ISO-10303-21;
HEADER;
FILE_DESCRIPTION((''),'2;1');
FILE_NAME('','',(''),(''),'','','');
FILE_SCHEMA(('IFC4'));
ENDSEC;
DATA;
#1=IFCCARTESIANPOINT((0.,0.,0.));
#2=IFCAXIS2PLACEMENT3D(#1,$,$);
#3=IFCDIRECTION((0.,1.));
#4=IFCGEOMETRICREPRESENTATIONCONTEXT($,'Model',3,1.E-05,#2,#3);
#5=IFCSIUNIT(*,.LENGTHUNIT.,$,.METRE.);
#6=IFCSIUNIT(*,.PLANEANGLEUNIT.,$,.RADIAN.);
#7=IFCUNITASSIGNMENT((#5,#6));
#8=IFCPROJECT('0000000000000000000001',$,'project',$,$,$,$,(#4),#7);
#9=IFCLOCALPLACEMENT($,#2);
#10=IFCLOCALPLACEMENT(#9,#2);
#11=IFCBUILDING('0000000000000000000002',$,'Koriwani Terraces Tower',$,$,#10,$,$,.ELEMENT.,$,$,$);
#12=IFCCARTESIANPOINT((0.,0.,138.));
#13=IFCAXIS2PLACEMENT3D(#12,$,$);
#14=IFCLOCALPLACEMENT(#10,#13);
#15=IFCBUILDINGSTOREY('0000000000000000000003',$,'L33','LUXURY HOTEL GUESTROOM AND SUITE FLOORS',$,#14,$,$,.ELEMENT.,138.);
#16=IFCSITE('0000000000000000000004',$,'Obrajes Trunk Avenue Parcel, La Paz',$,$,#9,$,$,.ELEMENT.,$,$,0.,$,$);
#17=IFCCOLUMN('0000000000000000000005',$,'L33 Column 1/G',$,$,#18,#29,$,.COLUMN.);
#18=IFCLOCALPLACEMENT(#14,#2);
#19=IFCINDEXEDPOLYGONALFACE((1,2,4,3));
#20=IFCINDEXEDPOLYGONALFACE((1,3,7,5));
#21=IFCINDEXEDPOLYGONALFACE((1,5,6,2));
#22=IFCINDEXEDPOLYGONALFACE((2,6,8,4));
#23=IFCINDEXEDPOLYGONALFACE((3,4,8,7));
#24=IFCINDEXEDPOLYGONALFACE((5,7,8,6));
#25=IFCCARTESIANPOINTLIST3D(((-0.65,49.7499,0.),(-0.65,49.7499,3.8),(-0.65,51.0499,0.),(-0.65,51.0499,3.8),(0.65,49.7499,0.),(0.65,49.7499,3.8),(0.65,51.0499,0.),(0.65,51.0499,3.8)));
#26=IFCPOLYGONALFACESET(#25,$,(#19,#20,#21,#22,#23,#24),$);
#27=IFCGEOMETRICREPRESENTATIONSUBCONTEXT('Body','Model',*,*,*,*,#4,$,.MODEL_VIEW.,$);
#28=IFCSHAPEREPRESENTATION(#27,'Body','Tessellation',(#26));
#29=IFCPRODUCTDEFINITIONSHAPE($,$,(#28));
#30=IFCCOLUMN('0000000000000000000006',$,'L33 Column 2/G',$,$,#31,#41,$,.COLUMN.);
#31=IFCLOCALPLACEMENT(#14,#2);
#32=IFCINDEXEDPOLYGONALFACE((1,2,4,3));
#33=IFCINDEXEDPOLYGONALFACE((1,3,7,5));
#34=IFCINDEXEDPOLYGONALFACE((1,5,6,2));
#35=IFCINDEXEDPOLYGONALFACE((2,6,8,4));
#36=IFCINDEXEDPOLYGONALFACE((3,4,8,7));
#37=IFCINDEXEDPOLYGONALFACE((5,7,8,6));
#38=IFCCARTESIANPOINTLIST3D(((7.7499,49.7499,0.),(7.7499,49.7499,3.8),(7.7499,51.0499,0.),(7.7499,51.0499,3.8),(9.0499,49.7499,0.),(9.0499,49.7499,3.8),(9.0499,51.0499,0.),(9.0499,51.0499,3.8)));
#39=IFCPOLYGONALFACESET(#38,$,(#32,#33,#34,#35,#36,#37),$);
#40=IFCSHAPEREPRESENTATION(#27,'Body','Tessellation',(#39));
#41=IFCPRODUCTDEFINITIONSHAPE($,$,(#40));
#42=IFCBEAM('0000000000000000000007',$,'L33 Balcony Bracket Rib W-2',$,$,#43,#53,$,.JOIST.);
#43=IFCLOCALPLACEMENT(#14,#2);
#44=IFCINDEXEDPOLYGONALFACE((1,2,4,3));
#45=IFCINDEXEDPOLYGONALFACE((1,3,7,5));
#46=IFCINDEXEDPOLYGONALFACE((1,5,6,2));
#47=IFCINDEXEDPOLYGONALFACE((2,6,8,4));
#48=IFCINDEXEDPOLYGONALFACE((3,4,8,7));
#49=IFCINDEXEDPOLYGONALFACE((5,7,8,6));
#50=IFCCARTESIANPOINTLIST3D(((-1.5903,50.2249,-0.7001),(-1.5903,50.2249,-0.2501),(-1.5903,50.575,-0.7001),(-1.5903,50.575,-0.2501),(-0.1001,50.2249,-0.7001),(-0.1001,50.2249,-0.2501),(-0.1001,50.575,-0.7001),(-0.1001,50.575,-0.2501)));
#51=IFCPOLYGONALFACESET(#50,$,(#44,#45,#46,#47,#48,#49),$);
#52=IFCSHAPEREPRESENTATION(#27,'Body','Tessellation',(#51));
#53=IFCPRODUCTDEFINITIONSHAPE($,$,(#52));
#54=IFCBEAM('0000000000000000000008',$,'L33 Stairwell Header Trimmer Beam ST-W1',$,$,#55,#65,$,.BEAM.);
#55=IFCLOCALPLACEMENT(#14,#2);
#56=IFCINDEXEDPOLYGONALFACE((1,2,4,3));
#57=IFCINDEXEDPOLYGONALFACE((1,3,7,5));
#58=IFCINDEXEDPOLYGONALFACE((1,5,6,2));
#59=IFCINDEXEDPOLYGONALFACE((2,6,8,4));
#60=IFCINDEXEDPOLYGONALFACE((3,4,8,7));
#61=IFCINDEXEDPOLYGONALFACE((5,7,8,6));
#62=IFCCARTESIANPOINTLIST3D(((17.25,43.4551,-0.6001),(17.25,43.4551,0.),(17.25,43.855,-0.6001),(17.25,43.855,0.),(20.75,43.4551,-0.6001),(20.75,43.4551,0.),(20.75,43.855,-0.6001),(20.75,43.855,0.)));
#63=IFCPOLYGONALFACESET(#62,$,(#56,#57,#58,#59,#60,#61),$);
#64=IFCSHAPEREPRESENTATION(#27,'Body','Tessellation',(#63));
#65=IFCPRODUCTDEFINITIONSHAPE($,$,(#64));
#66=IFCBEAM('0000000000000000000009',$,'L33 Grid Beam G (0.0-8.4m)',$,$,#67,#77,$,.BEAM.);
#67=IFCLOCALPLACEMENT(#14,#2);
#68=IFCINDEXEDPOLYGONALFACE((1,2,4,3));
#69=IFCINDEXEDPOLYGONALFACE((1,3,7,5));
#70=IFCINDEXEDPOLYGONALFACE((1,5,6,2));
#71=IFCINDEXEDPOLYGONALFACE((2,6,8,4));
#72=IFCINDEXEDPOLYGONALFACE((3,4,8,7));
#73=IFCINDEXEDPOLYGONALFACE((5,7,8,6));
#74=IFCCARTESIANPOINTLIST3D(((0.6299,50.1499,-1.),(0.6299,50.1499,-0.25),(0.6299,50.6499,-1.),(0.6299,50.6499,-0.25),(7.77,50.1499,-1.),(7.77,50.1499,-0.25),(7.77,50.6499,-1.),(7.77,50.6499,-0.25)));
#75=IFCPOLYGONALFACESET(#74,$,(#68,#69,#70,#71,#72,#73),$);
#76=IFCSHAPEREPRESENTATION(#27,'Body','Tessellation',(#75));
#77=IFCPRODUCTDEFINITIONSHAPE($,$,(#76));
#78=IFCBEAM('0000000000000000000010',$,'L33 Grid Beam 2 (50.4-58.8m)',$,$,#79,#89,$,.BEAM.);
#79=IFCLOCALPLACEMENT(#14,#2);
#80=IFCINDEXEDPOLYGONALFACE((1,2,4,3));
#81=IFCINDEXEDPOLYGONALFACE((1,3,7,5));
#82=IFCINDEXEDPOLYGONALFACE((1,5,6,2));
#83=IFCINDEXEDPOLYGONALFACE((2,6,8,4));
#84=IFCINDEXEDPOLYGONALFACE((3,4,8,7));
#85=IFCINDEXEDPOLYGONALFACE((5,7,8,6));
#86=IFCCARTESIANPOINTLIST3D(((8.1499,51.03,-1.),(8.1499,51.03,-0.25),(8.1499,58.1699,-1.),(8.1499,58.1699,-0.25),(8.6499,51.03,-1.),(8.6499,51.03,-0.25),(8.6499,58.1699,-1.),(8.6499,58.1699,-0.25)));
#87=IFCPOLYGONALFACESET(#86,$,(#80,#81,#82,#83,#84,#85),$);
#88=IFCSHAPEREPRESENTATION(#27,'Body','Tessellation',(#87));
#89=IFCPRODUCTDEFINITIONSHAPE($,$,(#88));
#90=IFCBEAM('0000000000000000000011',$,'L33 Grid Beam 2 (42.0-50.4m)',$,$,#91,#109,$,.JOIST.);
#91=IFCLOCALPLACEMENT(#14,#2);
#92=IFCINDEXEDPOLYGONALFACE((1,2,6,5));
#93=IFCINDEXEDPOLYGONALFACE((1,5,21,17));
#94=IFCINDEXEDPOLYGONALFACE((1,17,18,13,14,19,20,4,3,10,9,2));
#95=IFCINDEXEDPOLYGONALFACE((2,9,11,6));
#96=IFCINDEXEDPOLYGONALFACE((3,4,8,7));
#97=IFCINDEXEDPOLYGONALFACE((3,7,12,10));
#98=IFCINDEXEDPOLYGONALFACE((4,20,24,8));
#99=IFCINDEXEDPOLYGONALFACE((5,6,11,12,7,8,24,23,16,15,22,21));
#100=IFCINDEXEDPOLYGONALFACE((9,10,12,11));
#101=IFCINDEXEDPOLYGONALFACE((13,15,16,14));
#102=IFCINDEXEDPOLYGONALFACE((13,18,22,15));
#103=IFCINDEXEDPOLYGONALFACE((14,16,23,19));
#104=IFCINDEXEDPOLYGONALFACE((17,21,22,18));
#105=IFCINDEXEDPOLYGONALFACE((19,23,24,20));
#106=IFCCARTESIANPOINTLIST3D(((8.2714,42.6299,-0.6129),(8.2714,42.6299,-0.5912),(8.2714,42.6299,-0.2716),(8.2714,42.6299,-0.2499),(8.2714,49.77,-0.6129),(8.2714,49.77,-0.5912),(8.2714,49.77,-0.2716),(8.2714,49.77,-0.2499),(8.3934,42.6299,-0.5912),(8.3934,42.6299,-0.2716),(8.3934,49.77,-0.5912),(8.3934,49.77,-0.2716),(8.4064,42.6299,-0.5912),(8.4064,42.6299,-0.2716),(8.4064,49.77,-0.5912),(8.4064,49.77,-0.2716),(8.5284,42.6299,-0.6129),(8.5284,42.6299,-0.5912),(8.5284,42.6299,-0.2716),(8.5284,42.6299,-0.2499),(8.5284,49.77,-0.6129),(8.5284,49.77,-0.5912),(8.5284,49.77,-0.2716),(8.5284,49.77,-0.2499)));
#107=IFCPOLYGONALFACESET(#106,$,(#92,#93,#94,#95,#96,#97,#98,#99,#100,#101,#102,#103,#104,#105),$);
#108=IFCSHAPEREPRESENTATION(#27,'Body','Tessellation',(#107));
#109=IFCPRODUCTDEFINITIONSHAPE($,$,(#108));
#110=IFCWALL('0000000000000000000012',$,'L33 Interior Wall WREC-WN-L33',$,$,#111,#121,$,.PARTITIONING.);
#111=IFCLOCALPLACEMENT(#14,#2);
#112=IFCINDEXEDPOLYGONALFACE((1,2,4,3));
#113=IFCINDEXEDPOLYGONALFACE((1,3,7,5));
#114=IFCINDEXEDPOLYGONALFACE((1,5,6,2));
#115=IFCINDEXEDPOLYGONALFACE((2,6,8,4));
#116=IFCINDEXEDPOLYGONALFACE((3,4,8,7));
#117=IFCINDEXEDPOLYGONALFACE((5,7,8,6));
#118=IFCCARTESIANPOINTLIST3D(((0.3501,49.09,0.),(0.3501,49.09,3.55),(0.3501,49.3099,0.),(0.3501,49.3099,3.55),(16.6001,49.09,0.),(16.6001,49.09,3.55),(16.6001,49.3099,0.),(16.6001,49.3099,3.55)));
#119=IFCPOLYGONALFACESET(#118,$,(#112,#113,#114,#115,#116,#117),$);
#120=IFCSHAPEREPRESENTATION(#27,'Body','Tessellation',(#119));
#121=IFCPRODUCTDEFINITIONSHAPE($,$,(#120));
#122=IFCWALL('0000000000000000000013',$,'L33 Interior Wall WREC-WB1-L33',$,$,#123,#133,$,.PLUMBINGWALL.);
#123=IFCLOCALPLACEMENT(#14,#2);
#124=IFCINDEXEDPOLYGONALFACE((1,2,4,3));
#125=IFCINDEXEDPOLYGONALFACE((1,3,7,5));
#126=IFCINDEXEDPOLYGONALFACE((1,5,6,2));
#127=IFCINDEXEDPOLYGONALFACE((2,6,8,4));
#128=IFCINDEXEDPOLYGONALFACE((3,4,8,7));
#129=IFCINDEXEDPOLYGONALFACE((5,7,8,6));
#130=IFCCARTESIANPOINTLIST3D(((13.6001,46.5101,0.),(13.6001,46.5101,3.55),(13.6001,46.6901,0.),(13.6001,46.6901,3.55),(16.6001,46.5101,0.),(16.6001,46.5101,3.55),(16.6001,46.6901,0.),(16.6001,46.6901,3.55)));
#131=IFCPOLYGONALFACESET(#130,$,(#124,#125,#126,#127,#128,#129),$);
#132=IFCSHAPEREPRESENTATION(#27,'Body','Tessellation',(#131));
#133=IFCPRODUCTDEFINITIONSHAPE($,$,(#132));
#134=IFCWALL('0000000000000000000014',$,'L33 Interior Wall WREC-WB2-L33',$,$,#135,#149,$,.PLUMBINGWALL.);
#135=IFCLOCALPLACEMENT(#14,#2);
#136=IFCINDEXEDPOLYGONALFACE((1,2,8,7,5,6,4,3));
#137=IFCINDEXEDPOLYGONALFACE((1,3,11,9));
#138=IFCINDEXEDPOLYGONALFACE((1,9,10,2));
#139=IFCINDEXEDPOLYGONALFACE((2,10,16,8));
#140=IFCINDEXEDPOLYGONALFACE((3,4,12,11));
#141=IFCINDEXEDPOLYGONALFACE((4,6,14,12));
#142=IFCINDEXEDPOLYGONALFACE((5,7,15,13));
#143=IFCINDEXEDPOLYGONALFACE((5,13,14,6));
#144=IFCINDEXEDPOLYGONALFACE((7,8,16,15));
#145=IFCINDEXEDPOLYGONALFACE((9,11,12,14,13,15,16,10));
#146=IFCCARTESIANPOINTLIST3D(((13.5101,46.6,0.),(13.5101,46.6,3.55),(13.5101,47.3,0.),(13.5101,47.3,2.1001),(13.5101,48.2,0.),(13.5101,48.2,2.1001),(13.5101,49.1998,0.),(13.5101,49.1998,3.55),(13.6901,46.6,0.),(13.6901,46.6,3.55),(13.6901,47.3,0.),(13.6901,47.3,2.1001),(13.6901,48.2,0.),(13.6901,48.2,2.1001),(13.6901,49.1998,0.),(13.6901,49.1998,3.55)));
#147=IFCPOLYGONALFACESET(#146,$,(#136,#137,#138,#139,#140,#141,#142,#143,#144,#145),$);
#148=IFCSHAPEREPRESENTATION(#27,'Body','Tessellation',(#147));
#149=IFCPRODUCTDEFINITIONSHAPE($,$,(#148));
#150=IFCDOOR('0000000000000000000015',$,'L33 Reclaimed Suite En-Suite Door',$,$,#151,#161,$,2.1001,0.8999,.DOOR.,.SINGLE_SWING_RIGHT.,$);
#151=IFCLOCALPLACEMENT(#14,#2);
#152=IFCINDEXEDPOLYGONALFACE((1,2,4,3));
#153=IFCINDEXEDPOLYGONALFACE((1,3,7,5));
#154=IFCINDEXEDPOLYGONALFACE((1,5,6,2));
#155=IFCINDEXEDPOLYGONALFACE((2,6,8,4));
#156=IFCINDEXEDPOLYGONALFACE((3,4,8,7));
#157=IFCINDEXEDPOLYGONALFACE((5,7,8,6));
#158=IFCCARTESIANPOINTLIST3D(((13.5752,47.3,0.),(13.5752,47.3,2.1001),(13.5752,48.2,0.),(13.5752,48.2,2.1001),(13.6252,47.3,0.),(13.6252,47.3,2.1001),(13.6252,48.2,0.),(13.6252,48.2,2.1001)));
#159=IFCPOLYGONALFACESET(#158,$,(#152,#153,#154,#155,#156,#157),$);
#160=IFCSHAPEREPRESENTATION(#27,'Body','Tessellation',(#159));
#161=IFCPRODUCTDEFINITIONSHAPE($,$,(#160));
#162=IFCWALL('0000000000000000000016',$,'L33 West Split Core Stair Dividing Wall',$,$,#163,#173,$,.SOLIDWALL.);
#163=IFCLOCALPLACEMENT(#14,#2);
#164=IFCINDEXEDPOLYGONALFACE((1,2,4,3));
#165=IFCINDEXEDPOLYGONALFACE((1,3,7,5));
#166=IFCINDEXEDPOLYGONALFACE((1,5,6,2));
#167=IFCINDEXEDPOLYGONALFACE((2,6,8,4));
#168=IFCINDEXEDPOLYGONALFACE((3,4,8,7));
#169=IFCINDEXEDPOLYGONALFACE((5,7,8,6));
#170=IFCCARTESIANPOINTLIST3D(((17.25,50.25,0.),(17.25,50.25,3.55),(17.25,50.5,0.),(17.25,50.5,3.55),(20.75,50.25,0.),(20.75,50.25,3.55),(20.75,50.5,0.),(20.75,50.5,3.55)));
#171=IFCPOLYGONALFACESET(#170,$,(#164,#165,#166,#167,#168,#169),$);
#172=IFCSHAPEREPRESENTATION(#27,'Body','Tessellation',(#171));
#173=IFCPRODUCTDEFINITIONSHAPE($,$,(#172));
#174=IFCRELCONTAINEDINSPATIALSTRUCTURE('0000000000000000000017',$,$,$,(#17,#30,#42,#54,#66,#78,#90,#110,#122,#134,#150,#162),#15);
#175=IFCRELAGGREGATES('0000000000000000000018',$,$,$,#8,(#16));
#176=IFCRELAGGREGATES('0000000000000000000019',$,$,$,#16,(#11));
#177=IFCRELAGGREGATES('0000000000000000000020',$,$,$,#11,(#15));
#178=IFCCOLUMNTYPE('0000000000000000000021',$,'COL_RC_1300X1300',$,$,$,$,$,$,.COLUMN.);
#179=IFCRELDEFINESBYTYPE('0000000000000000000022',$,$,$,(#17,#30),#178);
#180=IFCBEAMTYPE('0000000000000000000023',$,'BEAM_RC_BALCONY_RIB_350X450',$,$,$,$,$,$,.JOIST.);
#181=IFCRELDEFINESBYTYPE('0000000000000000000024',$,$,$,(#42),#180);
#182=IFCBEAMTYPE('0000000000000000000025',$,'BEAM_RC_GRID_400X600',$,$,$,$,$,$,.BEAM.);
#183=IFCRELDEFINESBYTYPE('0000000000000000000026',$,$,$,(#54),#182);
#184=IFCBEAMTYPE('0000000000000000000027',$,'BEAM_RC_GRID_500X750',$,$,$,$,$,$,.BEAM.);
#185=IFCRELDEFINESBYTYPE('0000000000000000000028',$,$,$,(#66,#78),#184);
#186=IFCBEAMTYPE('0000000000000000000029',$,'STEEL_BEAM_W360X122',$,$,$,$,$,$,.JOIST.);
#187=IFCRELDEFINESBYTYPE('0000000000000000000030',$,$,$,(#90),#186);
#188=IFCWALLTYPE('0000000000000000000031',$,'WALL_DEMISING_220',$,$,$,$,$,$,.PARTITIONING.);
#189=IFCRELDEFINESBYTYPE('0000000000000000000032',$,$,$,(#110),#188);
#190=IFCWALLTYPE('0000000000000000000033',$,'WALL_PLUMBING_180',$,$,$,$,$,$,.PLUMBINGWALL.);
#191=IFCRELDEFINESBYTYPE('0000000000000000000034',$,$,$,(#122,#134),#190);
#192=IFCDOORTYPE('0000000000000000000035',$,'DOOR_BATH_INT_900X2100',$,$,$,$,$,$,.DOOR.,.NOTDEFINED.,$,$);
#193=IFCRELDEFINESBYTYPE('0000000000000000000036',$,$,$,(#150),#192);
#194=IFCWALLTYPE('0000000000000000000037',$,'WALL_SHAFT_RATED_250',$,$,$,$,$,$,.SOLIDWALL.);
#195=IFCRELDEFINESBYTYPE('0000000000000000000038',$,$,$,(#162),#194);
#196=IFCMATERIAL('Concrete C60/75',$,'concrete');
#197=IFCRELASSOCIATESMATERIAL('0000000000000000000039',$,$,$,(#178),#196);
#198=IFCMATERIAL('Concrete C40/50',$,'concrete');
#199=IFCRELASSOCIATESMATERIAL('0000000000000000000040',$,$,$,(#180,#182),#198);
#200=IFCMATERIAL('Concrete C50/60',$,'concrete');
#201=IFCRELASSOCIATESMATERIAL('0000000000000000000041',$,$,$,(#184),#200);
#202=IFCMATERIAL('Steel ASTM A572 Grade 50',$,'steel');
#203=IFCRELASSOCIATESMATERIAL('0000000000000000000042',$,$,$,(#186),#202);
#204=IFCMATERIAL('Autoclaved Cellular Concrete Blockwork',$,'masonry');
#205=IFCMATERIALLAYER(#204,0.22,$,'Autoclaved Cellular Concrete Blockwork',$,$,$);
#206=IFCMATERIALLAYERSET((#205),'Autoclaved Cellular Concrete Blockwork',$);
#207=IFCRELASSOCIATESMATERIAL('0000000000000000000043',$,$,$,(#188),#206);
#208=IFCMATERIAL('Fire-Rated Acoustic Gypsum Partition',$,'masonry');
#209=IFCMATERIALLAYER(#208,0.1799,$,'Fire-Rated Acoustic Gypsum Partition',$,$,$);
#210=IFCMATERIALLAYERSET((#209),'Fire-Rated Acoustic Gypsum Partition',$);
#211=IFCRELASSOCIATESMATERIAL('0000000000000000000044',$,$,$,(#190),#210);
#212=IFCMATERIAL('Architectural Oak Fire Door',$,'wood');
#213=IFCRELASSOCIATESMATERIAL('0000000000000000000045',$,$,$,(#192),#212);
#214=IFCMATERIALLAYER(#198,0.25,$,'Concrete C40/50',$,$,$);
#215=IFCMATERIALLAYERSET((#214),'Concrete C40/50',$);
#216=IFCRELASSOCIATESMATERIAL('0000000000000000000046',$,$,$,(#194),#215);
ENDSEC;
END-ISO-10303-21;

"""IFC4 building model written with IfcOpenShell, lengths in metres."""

from ifc_helpers import new_model, si_unit, direction, frame, frame_2d, origin, origin_2d, place, context, subcontext, project, spatial, rectangle, i_section, extrude, material, layer, layer_set, material_profile, profile_set, type_object, element, fill, save


model = new_model("IFC4")

# Units and contexts
model_context = context("Model", 3, precision=1e-05, world=origin(), true_north=direction((0.0, 1.0)))
body_context = subcontext(model_context, "Body", "Model", "MODEL_VIEW")
ifc_project = project(units=[si_unit("LENGTHUNIT", "METRE"), si_unit("PLANEANGLEUNIT", "RADIAN")], contexts=[model_context])

# Site, building, storey
site_placement = place(None, origin())
site = spatial("IfcSite", under=ifc_project, at=site_placement, Name="Obrajes Trunk Avenue Parcel, La Paz", CompositionType="ELEMENT", RefElevation=0.0)
building_placement = place(site_placement, origin())
building = spatial("IfcBuilding", under=site, at=building_placement, Name="Koriwani Terraces Tower", CompositionType="ELEMENT")
storey_placement = place(building_placement, frame((0.0, 0.0, 138.0)))
storey = spatial("IfcBuildingStorey", under=building, at=storey_placement, Name="L33", Description="LUXURY HOTEL GUESTROOM AND SUITE FLOORS", CompositionType="ELEMENT", Elevation=138.0)

# Columns
ifc_material_1 = material(Name="Concrete C60/75", Category="concrete")
ifc_material_profile_1 = material_profile(ifc_material_1, rectangle(XDim=1.3, YDim=1.3, at=origin_2d()), Name="Concrete C60/75", Category="LoadBearing")
ifc_profile_set_1 = profile_set([ifc_material_profile_1], Name="Concrete C60/75")
column_type = type_object("IfcColumnType", Name="COL_RC_1300X1300", PredefinedType="COLUMN", material=ifc_profile_set_1)
for number, where, z_axis, x_axis, name in (
    (1, (0.0, 50.3999, 0.0), (0.0, 0.0, 1.0), (1.0, 0.0, 0.0), "L33 Column 1/G"),
    (2, (8.3999, 50.3999, 0.0), (0.0, 0.0, 1.0), (1.0, 0.0, 0.0), "L33 Column 2/G"),
):
    element("IfcColumn", number, at=place(storey_placement, frame(where, z_axis=z_axis, x_axis=x_axis)), inside=storey, type_object=column_type, Name=name, PredefinedType="COLUMN", context=body_context, shape_type="SweptSolid", body=[
        extrude(rectangle(XDim=1.3, YDim=1.3, at=origin_2d()), origin(), (0.0, 0.0, 1.0), 3.8),
    ])

# Beams
ifc_material_2 = material(Name="Concrete C40/50", Category="concrete")
ifc_material_profile_2 = material_profile(ifc_material_2, rectangle(XDim=0.3501, YDim=0.45, at=origin_2d()), Name="Concrete C40/50", Category="LoadBearing")
ifc_profile_set_2 = profile_set([ifc_material_profile_2], Name="Concrete C40/50")
beam_type_1 = type_object("IfcBeamType", Name="BEAM_RC_BALCONY_RIB_350X450", PredefinedType="JOIST", material=ifc_profile_set_2)
beam_1_placement = place(storey_placement, frame((-1.5903, 50.3999, -0.4751), z_axis=(1.0, 0.0, 0.0), x_axis=(0.0, 1.0, 0.0)))
element("IfcBeam", 3, at=beam_1_placement, inside=storey, type_object=beam_type_1, Name="L33 Balcony Bracket Rib W-2", PredefinedType="JOIST", context=body_context, shape_type="SweptSolid", body=[
    extrude(rectangle(XDim=0.3501, YDim=0.45, at=origin_2d()), origin(), (0.0, 0.0, 1.0), 1.4902),
])
ifc_material_profile_3 = material_profile(ifc_material_2, rectangle(XDim=0.3999, YDim=0.6001, at=origin_2d()), Name="Concrete C40/50", Category="LoadBearing")
ifc_profile_set_3 = profile_set([ifc_material_profile_3], Name="Concrete C40/50")
beam_type_2 = type_object("IfcBeamType", Name="BEAM_RC_GRID_400X600", PredefinedType="BEAM", material=ifc_profile_set_3)
beam_2_placement = place(storey_placement, frame((17.25, 43.655, -0.3), z_axis=(1.0, 0.0, 0.0), x_axis=(0.0, 1.0, 0.0)))
element("IfcBeam", 4, at=beam_2_placement, inside=storey, type_object=beam_type_2, Name="L33 Stairwell Header Trimmer Beam ST-W1", PredefinedType="BEAM", context=body_context, shape_type="SweptSolid", body=[
    extrude(rectangle(XDim=0.3999, YDim=0.6001, at=origin_2d()), origin(), (0.0, 0.0, 1.0), 3.5),
])
ifc_material_3 = material(Name="Concrete C50/60", Category="concrete")
ifc_material_profile_4 = material_profile(ifc_material_3, rectangle(XDim=0.5, YDim=0.75, at=origin_2d()), Name="Concrete C50/60", Category="LoadBearing")
ifc_profile_set_4 = profile_set([ifc_material_profile_4], Name="Concrete C50/60")
beam_type_3 = type_object("IfcBeamType", Name="BEAM_RC_GRID_500X750", PredefinedType="BEAM", material=ifc_profile_set_4)
beam_3_placement = place(storey_placement, frame((0.6299, 50.3999, -0.625), z_axis=(1.0, 0.0, 0.0), x_axis=(0.0, 1.0, 0.0)))
element("IfcBeam", 5, at=beam_3_placement, inside=storey, type_object=beam_type_3, Name="L33 Grid Beam G (0.0-8.4m)", PredefinedType="BEAM", context=body_context, shape_type="SweptSolid", body=[
    extrude(rectangle(XDim=0.5, YDim=0.75, at=origin_2d()), origin(), (0.0, 0.0, 1.0), 7.1401),
])
beam_4_placement = place(storey_placement, frame((8.3999, 51.03, -0.625), z_axis=(0.0, 1.0, 0.0), x_axis=(-1.0, 0.0, 0.0)))
element("IfcBeam", 6, at=beam_4_placement, inside=storey, type_object=beam_type_3, Name="L33 Grid Beam 2 (50.4-58.8m)", PredefinedType="BEAM", context=body_context, shape_type="SweptSolid", body=[
    extrude(rectangle(XDim=0.5, YDim=0.75, at=origin_2d()), origin(), (0.0, 0.0, 1.0), 7.1399),
])
ifc_material_4 = material(Name="Steel ASTM A572 Grade 50", Category="steel")
ifc_material_profile_5 = material_profile(ifc_material_4, i_section(OverallWidth=0.2571, OverallDepth=0.363, WebThickness=0.0129, FlangeThickness=0.0217, at=origin_2d()), Name="Steel ASTM A572 Grade 50", Category="LoadBearing")
ifc_profile_set_5 = profile_set([ifc_material_profile_5], Name="Steel ASTM A572 Grade 50")
beam_type_4 = type_object("IfcBeamType", Name="STEEL_BEAM_W360X122", PredefinedType="JOIST", material=ifc_profile_set_5)
beam_5_placement = place(storey_placement, frame((8.3999, 42.6299, -0.4314), z_axis=(0.0, 1.0, 0.0), x_axis=(-1.0, 0.0, 0.0)))
element("IfcBeam", 7, at=beam_5_placement, inside=storey, type_object=beam_type_4, Name="L33 Grid Beam 2 (42.0-50.4m)", PredefinedType="JOIST", context=body_context, shape_type="SweptSolid", body=[
    extrude(i_section(OverallWidth=0.2571, OverallDepth=0.363, WebThickness=0.0129, FlangeThickness=0.0217, at=origin_2d()), origin(), (0.0, 0.0, 1.0), 7.1401),
])

# Walls
ifc_material_5 = material(Name="Autoclaved Cellular Concrete Blockwork", Category="masonry")
ifc_layer_1 = layer(ifc_material_5, 0.22, Name="Autoclaved Cellular Concrete Blockwork")
ifc_layer_set_1 = layer_set([ifc_layer_1], Name="Autoclaved Cellular Concrete Blockwork")
wall_type_1 = type_object("IfcWallType", Name="WALL_DEMISING_220", PredefinedType="PARTITIONING", material=ifc_layer_set_1)
wall_1_placement = place(storey_placement, frame((0.3501, 49.2, 0.0), z_axis=(0.0, 0.0, 1.0), x_axis=(1.0, 0.0, 0.0)))
element("IfcWall", 8, at=wall_1_placement, inside=storey, type_object=wall_type_1, Name="L33 Interior Wall WREC-WN-L33", PredefinedType="PARTITIONING", context=body_context, shape_type="SweptSolid", body=[
    extrude(rectangle(XDim=16.25, YDim=0.22, at=frame_2d((8.125, 0.0))), origin(), (0.0, 0.0, 1.0), 3.55),
])
ifc_material_6 = material(Name="Fire-Rated Acoustic Gypsum Partition", Category="masonry")
ifc_layer_2 = layer(ifc_material_6, 0.1799, Name="Fire-Rated Acoustic Gypsum Partition")
ifc_layer_set_2 = layer_set([ifc_layer_2], Name="Fire-Rated Acoustic Gypsum Partition")
wall_type_2 = type_object("IfcWallType", Name="WALL_PLUMBING_180", PredefinedType="PLUMBINGWALL", material=ifc_layer_set_2)
wall_2_placement = place(storey_placement, frame((13.6001, 46.6001, 0.0), z_axis=(0.0, 0.0, 1.0), x_axis=(1.0, 0.0, 0.0)))
element("IfcWall", 9, at=wall_2_placement, inside=storey, type_object=wall_type_2, Name="L33 Interior Wall WREC-WB1-L33", PredefinedType="PLUMBINGWALL", context=body_context, shape_type="SweptSolid", body=[
    extrude(rectangle(XDim=3.0, YDim=0.1799, at=frame_2d((1.5, 0.0))), origin(), (0.0, 0.0, 1.0), 3.55),
])

# Wall, opening, door
wall_3_placement = place(storey_placement, frame((13.6001, 46.6001, 0.0), z_axis=(0.0, 0.0, 1.0), x_axis=(0.0, 1.0, 0.0)))
wall_3 = element("IfcWall", 10, at=wall_3_placement, inside=storey, type_object=wall_type_2, Name="L33 Interior Wall WREC-WB2-L33", PredefinedType="PLUMBINGWALL", context=body_context, shape_type="SweptSolid", body=[
    extrude(rectangle(XDim=2.5999, YDim=0.1799, at=frame_2d((1.2998, 0.0))), origin(), (0.0, 0.0, 1.0), 3.55),
])
opening_1_placement = place(wall_3_placement, frame((0.7, 0.0, 0.0)))
opening_1 = element("IfcOpeningElement", 11, at=opening_1_placement, cuts=wall_3, PredefinedType="OPENING", context=body_context, shape_type="SweptSolid", body=[
    extrude(rectangle(XDim=0.8999, YDim=2.1001, at=frame_2d((0.45, 1.05))), frame((0.0, 0.1001, 0.0), z_axis=(0.0, -1.0, 0.0), x_axis=(1.0, 0.0, 0.0)), (0.0, 0.0, 1.0), 0.2),
])
ifc_material_7 = material(Name="Architectural Oak Fire Door", Category="wood")
door_type_1 = type_object("IfcDoorType", Name="DOOR_BATH_INT_900X2100", OperationType="NOTDEFINED", PredefinedType="DOOR", material=ifc_material_7)
door_1_placement = place(opening_1_placement, origin())
door_1 = element("IfcDoor", 12, at=door_1_placement, inside=storey, type_object=door_type_1, Name="L33 Reclaimed Suite En-Suite Door", OperationType="SINGLE_SWING_RIGHT", OverallHeight=2.1001, OverallWidth=0.8999, PredefinedType="DOOR", context=body_context, shape_type="SweptSolid", body=[
    extrude(rectangle(XDim=0.8999, YDim=2.1001, at=frame_2d((0.45, 1.05))), frame((0.0, 0.0249, 0.0), z_axis=(0.0, -1.0, 0.0), x_axis=(1.0, 0.0, 0.0)), (0.0, 0.0, 1.0), 0.05),
])
fill(opening_1, door_1)

# Wall
ifc_layer_3 = layer(ifc_material_2, 0.25, Name="Concrete C40/50")
ifc_layer_set_3 = layer_set([ifc_layer_3], Name="Concrete C40/50")
wall_type_3 = type_object("IfcWallType", Name="WALL_SHAFT_RATED_250", PredefinedType="SOLIDWALL", material=ifc_layer_set_3)
wall_4_placement = place(storey_placement, frame((17.25, 50.375, 0.0), z_axis=(0.0, 0.0, 1.0), x_axis=(1.0, 0.0, 0.0)))
element("IfcWall", 13, at=wall_4_placement, inside=storey, type_object=wall_type_3, Name="L33 West Split Core Stair Dividing Wall", PredefinedType="SOLIDWALL", context=body_context, shape_type="SweptSolid", body=[
    extrude(rectangle(XDim=3.5, YDim=0.25, at=frame_2d((1.75, 0.0))), origin(), (0.0, 0.0, 1.0), 3.55),
])

save(model, "model.ifc")
